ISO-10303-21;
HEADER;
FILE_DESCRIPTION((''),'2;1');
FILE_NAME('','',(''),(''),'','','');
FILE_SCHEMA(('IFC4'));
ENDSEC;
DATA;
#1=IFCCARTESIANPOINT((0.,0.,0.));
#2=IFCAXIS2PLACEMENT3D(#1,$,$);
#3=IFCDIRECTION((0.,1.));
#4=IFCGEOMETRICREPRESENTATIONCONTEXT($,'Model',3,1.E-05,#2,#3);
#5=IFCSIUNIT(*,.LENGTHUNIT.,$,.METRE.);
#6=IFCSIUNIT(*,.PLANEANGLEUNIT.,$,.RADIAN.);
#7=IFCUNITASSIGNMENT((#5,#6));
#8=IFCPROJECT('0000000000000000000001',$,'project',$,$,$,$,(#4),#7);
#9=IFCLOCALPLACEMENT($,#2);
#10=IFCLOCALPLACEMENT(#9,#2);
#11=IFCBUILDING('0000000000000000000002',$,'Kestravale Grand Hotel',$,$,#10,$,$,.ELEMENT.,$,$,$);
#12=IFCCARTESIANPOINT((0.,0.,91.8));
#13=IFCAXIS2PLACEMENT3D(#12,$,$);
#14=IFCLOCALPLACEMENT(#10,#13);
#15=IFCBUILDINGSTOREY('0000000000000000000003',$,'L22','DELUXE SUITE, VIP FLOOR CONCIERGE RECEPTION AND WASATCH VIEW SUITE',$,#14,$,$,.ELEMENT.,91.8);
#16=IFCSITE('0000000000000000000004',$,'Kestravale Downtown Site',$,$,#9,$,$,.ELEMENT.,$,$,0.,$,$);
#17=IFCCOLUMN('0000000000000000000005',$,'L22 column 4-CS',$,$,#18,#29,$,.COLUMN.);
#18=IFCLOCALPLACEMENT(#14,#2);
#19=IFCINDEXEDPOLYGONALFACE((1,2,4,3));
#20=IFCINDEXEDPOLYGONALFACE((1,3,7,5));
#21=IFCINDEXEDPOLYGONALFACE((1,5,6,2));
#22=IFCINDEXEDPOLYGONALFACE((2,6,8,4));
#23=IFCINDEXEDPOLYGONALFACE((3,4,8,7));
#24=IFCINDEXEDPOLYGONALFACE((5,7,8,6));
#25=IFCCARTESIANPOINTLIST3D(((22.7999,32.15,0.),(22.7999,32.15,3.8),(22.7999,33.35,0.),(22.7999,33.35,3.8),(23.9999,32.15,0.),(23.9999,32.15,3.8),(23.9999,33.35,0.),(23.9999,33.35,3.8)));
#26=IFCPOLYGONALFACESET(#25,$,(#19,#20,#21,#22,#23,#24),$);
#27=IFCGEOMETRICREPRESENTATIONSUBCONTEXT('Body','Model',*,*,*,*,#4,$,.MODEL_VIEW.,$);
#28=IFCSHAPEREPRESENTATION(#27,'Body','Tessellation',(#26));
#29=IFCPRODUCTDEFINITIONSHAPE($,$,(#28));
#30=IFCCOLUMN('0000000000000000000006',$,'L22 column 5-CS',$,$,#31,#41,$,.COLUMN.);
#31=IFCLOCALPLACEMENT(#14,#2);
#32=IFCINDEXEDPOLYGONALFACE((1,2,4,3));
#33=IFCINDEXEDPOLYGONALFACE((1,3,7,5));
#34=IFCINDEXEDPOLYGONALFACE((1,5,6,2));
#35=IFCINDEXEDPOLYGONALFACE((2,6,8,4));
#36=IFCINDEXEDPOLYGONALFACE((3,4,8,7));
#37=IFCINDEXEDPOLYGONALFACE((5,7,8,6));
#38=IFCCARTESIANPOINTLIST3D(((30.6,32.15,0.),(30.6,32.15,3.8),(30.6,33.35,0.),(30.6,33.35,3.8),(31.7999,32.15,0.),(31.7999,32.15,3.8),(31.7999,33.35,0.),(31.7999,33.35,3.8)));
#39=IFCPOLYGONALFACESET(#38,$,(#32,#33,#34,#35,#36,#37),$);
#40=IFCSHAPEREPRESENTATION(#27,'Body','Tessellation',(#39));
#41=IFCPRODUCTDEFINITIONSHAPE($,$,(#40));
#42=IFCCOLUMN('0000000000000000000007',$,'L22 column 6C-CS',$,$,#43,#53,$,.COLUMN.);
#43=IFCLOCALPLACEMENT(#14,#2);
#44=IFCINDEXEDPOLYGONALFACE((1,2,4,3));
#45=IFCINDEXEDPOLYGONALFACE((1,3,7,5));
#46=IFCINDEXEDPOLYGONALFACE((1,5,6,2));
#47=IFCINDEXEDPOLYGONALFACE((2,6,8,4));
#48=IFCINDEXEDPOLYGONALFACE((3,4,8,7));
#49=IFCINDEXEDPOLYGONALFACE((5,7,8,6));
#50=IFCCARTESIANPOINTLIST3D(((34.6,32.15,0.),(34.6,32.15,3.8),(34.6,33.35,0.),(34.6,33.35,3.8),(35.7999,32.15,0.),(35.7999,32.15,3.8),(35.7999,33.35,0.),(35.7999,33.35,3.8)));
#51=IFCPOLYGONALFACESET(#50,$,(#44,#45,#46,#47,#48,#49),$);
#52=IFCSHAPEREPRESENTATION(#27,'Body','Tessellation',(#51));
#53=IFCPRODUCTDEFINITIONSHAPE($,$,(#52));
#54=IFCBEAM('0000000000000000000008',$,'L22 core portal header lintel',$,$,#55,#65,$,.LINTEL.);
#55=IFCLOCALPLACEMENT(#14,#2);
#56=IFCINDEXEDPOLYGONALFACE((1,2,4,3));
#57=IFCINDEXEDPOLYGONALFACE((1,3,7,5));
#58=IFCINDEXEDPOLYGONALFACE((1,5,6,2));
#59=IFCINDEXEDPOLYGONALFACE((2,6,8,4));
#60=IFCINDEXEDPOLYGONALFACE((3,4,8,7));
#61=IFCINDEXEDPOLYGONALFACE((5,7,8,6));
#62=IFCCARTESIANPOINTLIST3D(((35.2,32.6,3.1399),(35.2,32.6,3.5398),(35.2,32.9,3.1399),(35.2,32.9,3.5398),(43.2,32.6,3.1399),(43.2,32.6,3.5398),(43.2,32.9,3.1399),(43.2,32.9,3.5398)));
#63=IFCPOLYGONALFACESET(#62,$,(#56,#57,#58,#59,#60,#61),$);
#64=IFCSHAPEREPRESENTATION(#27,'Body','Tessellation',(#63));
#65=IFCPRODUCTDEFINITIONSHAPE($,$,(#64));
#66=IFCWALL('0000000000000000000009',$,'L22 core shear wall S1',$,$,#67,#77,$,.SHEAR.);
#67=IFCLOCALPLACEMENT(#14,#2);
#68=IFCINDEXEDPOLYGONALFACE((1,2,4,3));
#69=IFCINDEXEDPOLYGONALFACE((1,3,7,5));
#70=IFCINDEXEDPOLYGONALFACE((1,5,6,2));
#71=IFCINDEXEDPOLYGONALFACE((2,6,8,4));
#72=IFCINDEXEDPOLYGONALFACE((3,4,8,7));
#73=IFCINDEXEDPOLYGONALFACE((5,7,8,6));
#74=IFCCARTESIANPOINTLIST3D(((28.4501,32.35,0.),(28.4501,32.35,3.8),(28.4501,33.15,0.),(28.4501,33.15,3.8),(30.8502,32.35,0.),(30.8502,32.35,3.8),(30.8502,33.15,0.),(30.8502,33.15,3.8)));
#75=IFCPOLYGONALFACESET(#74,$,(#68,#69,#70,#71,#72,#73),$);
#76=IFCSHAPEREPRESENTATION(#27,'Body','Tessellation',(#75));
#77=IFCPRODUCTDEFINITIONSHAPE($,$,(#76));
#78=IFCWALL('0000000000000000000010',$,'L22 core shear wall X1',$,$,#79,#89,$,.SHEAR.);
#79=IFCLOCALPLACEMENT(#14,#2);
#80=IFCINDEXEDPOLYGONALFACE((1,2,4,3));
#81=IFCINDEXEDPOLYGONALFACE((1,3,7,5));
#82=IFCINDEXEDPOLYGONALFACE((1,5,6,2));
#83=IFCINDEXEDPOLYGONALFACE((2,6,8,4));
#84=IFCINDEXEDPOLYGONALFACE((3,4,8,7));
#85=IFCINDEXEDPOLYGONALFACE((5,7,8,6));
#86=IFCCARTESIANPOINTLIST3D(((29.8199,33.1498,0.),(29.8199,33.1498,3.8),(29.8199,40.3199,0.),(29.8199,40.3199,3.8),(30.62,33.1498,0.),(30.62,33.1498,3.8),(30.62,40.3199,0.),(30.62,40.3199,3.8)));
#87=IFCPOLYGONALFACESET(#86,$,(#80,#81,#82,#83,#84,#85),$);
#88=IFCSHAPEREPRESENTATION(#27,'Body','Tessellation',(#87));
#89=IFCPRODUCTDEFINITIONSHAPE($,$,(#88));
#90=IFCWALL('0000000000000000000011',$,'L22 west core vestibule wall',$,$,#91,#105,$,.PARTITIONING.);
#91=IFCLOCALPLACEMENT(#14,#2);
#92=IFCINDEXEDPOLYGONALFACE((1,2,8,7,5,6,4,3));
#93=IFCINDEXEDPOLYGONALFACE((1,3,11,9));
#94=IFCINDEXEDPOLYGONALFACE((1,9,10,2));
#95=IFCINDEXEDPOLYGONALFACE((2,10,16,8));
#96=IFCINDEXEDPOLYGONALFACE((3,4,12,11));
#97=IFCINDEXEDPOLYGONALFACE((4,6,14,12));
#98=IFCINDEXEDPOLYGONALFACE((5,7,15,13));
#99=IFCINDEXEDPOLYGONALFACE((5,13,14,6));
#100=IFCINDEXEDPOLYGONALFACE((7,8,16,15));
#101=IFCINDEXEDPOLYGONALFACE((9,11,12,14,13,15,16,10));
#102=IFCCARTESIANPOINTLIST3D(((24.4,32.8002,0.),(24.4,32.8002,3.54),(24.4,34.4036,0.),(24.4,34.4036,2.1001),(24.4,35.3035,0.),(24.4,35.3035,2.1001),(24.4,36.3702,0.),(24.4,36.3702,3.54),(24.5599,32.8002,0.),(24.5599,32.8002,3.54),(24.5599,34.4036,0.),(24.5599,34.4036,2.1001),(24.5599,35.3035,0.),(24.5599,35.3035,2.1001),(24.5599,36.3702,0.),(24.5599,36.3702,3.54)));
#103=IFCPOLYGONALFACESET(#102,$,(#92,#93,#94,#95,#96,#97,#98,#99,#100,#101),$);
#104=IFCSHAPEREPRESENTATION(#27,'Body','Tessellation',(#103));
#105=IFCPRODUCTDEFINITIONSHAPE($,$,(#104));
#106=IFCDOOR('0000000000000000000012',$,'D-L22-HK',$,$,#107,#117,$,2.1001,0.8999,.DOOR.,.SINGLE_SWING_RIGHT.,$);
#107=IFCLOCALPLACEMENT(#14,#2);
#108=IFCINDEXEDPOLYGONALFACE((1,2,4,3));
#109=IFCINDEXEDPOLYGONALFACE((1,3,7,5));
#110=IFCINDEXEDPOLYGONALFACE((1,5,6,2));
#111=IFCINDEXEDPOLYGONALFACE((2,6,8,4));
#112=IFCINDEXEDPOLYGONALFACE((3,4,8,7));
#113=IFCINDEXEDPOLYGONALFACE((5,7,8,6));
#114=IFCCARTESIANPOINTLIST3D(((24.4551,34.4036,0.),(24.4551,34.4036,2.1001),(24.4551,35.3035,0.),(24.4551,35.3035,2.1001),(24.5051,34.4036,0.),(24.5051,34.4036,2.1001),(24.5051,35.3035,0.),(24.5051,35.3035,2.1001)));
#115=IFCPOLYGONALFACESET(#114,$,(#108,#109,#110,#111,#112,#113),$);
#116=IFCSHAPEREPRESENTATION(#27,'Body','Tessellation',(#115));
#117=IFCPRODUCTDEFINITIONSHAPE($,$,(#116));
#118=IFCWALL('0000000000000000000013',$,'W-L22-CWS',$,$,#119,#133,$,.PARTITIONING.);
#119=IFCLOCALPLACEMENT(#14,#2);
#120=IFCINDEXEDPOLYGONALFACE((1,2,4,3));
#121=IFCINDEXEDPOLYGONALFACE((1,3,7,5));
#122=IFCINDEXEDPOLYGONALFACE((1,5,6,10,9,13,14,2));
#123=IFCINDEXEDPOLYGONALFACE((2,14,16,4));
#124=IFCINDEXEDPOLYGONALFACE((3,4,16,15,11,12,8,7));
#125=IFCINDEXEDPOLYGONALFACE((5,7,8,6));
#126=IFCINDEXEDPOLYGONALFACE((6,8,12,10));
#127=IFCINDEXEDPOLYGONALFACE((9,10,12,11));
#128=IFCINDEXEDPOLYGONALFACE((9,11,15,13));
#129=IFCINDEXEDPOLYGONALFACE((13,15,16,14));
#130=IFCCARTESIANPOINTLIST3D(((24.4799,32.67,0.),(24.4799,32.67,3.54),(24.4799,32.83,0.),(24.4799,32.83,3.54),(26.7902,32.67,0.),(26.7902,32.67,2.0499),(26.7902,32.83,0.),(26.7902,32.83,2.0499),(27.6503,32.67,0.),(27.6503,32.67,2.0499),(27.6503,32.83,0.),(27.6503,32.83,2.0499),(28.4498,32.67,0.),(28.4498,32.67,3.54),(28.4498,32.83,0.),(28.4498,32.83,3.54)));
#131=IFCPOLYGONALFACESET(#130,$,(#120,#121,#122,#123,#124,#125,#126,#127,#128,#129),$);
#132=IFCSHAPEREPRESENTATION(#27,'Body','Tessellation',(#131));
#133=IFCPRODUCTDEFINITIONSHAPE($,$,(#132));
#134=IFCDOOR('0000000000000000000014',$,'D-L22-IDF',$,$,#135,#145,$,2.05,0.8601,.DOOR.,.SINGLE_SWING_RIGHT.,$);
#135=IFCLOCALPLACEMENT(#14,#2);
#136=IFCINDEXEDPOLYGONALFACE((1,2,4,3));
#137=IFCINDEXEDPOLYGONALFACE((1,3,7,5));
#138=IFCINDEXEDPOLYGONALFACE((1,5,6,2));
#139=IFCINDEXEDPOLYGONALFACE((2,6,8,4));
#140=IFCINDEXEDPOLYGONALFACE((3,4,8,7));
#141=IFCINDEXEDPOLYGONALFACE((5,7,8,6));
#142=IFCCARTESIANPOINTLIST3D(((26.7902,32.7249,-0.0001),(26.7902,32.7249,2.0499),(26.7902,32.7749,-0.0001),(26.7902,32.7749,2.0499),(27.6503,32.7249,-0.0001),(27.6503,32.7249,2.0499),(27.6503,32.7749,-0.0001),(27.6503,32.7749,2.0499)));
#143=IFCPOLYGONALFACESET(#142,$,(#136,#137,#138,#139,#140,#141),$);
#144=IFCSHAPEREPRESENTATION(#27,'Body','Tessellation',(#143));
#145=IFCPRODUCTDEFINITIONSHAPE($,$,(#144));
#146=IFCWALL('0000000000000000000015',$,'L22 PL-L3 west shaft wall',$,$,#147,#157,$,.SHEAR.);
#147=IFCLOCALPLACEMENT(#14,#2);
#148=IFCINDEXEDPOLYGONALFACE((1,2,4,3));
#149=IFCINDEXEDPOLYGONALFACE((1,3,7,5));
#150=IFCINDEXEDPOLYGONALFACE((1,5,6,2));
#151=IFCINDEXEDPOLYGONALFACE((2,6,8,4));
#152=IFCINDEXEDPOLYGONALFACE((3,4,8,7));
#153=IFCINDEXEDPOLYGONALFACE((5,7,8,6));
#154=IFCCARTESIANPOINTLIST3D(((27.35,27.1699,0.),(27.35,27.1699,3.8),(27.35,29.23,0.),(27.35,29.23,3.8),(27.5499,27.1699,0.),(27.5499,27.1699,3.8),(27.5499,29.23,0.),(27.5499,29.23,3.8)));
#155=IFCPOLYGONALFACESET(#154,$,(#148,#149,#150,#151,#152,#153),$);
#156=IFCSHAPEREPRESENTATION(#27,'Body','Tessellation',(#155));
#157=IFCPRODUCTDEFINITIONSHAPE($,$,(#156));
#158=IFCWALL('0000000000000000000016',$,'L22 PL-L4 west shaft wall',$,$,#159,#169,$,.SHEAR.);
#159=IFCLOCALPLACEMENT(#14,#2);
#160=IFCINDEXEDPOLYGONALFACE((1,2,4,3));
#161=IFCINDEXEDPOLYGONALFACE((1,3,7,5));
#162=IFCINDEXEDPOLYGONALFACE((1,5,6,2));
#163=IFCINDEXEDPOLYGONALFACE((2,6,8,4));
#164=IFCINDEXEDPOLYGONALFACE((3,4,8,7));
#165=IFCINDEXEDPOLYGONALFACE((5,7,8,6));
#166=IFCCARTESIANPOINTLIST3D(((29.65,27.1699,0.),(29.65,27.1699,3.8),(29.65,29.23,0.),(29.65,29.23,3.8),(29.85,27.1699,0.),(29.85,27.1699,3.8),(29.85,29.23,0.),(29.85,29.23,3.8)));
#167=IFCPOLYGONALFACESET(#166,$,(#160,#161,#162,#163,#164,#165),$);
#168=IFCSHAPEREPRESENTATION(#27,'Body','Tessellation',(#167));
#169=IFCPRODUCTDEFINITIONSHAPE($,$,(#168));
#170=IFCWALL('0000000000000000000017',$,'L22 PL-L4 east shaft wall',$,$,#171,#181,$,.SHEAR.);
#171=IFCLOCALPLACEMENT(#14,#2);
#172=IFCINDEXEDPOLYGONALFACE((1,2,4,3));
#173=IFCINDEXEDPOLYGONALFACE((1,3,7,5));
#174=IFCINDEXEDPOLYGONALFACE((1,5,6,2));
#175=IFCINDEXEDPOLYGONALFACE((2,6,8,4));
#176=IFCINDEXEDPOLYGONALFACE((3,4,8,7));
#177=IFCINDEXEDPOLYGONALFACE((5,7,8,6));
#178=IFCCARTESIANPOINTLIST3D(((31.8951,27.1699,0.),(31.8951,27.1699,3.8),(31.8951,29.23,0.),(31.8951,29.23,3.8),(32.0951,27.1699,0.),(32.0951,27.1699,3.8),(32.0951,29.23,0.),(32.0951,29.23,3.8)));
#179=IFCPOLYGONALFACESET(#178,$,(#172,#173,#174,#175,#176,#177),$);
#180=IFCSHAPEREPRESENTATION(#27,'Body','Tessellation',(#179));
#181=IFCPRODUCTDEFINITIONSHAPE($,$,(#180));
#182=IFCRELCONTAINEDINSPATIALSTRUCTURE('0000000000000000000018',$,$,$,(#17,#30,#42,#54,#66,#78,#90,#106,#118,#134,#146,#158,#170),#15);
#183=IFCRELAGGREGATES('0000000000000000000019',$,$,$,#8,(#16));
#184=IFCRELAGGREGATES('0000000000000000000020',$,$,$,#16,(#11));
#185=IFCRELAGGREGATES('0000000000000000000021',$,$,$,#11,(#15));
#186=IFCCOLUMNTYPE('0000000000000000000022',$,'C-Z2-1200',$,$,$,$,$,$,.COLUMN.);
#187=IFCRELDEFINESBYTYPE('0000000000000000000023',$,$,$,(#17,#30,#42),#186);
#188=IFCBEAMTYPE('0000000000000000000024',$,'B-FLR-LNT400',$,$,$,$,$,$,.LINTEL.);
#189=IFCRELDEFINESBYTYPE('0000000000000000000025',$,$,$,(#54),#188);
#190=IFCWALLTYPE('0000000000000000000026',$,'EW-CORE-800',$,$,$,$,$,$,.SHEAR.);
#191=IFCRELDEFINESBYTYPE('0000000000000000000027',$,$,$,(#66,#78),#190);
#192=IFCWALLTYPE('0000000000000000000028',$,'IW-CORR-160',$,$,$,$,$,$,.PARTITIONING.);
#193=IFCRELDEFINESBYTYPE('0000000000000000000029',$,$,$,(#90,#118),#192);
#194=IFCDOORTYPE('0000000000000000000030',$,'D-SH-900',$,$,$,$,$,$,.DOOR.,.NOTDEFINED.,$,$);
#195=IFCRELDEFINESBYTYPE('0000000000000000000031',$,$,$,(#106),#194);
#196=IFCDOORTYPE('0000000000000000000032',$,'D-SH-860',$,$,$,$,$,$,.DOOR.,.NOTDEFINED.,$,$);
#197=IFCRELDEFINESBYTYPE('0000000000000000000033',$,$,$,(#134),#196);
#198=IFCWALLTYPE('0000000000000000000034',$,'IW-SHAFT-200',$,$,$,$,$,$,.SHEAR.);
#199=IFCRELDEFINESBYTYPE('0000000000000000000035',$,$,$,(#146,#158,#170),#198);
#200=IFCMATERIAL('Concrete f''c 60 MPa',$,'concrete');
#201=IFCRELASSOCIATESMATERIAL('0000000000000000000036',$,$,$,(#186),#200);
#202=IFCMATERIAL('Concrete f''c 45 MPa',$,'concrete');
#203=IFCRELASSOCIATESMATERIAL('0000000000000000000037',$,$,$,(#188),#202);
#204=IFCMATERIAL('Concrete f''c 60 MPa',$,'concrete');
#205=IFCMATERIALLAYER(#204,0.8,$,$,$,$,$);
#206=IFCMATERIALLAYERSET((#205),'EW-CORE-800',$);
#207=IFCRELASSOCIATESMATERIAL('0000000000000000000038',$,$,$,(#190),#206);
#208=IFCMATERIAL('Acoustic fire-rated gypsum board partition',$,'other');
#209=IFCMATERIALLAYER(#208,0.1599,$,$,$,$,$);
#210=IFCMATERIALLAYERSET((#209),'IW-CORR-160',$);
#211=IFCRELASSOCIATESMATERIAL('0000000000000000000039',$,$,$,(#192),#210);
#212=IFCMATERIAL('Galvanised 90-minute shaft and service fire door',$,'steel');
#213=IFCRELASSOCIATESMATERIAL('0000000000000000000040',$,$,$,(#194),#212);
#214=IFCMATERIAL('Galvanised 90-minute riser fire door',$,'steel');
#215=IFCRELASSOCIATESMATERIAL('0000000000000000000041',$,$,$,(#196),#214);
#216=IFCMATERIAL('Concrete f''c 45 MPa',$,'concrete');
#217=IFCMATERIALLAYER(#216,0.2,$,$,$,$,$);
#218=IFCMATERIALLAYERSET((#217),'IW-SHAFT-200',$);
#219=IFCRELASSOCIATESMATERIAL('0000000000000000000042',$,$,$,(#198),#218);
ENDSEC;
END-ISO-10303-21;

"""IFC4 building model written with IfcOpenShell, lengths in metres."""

from ifc_helpers import new_model, si_unit, direction, frame, frame_2d, origin, origin_2d, place, context, subcontext, project, spatial, rectangle, extrude, material, layer, layer_set, material_profile, profile_set, type_object, element, fill, save


model = new_model("IFC4")

# Units and contexts
model_context = context("Model", 3, precision=1e-05, world=origin(), true_north=direction((0.0, 1.0)))
body_context = subcontext(model_context, "Body", "Model", "MODEL_VIEW")
ifc_project = project(units=[si_unit("LENGTHUNIT", "METRE"), si_unit("PLANEANGLEUNIT", "RADIAN")], contexts=[model_context])

# Site, building, storey
site_placement = place(None, origin())
site = spatial("IfcSite", under=ifc_project, at=site_placement, Name="Kestravale Downtown Site", CompositionType="ELEMENT", RefElevation=0.0)
building_placement = place(site_placement, origin())
building = spatial("IfcBuilding", under=site, at=building_placement, Name="Kestravale Grand Hotel", CompositionType="ELEMENT")
storey_placement = place(building_placement, frame((0.0, 0.0, 91.8)))
storey = spatial("IfcBuildingStorey", under=building, at=storey_placement, Name="L22", Description="DELUXE SUITE, VIP FLOOR CONCIERGE RECEPTION AND WASATCH VIEW SUITE", CompositionType="ELEMENT", Elevation=91.8)

# Columns
ifc_material_1 = material(Name="Concrete f'c 60 MPa", Category="concrete")
ifc_material_profile_1 = material_profile(ifc_material_1, rectangle(XDim=1.2, YDim=1.2, at=origin_2d()))
ifc_profile_set_1 = profile_set([ifc_material_profile_1], Name="Concrete f'c 60 MPa")
column_type = type_object("IfcColumnType", Name="C-Z2-1200", PredefinedType="COLUMN", material=ifc_profile_set_1)
for number, where, z_axis, x_axis, name in (
    (1, (23.3999, 32.75, 0.0), (0.0, 0.0, 1.0), (1.0, 0.0, 0.0), "L22 column 4-CS"),
    (2, (31.2, 32.75, 0.0), (0.0, 0.0, 1.0), (1.0, 0.0, 0.0), "L22 column 5-CS"),
    (3, (35.2, 32.75, 0.0), (0.0, 0.0, 1.0), (1.0, 0.0, 0.0), "L22 column 6C-CS"),
):
    element("IfcColumn", number, at=place(storey_placement, frame(where, z_axis=z_axis, x_axis=x_axis)), inside=storey, type_object=column_type, Name=name, PredefinedType="COLUMN", context=body_context, shape_type="SweptSolid", body=[
        extrude(rectangle(XDim=1.2, YDim=1.2, at=origin_2d()), origin(), (0.0, 0.0, 1.0), 3.8),
    ])

# Beam
ifc_material_2 = material(Name="Concrete f'c 45 MPa", Category="concrete")
ifc_material_profile_2 = material_profile(ifc_material_2, rectangle(XDim=0.3, YDim=0.3999, at=origin_2d()))
ifc_profile_set_2 = profile_set([ifc_material_profile_2], Name="Concrete f'c 45 MPa")
beam_type = type_object("IfcBeamType", Name="B-FLR-LNT400", PredefinedType="LINTEL", material=ifc_profile_set_2)
beam_placement = place(storey_placement, frame((35.2, 32.75, 3.3398), z_axis=(1.0, 0.0, 0.0), x_axis=(0.0, 1.0, 0.0)))
element("IfcBeam", 4, at=beam_placement, inside=storey, type_object=beam_type, Name="L22 core portal header lintel", PredefinedType="LINTEL", context=body_context, shape_type="SweptSolid", body=[
    extrude(rectangle(XDim=0.3, YDim=0.3999, at=origin_2d()), origin(), (0.0, 0.0, 1.0), 8.0),
])

# Walls
ifc_material_3 = material(Name="Concrete f'c 60 MPa", Category="concrete")
ifc_layer_1 = layer(ifc_material_3, 0.8)
ifc_layer_set_1 = layer_set([ifc_layer_1], Name="EW-CORE-800")
wall_type_1 = type_object("IfcWallType", Name="EW-CORE-800", PredefinedType="SHEAR", material=ifc_layer_set_1)
wall_1_placement = place(storey_placement, frame((28.45, 32.75, 0.0), z_axis=(0.0, 0.0, 1.0), x_axis=(1.0, 0.0, 0.0)))
element("IfcWall", 5, at=wall_1_placement, inside=storey, type_object=wall_type_1, Name="L22 core shear wall S1", PredefinedType="SHEAR", context=body_context, shape_type="SweptSolid", body=[
    extrude(rectangle(XDim=2.4001, YDim=0.8, at=frame_2d((1.2002, 0.0))), origin(), (0.0, 0.0, 1.0), 3.8),
])
wall_2_placement = place(storey_placement, frame((30.22, 33.1499, 0.0), z_axis=(0.0, 0.0, 1.0), x_axis=(0.0, 1.0, 0.0)))
element("IfcWall", 6, at=wall_2_placement, inside=storey, type_object=wall_type_1, Name="L22 core shear wall X1", PredefinedType="SHEAR", context=body_context, shape_type="SweptSolid", body=[
    extrude(rectangle(XDim=7.1702, YDim=0.8, at=frame_2d((3.585, 0.0))), origin(), (0.0, 0.0, 1.0), 3.8),
])

# Walls, openings, doors
ifc_material_4 = material(Name="Acoustic fire-rated gypsum board partition", Category="other")
ifc_layer_2 = layer(ifc_material_4, 0.1599)
ifc_layer_set_2 = layer_set([ifc_layer_2], Name="IW-CORR-160")
wall_type_2 = type_object("IfcWallType", Name="IW-CORR-160", PredefinedType="PARTITIONING", material=ifc_layer_set_2)
wall_3_placement = place(storey_placement, frame((24.48, 32.8, 0.0), z_axis=(0.0, 0.0, 1.0), x_axis=(0.0, 1.0, 0.0)))
wall_3 = element("IfcWall", 7, at=wall_3_placement, inside=storey, type_object=wall_type_2, Name="L22 west core vestibule wall", PredefinedType="PARTITIONING", context=body_context, shape_type="SweptSolid", body=[
    extrude(rectangle(XDim=3.5701, YDim=0.1599, at=frame_2d((1.7852, 0.0))), origin(), (0.0, 0.0, 1.0), 3.54),
])
opening_1_placement = place(wall_3_placement, frame((1.6035, 0.0, 0.0)))
opening_1 = element("IfcOpeningElement", 8, at=opening_1_placement, cuts=wall_3, PredefinedType="OPENING", context=body_context, shape_type="SweptSolid", body=[
    extrude(rectangle(XDim=0.8999, YDim=2.1001, at=frame_2d((0.45, 1.05))), frame((0.0, 0.0898, 0.0), z_axis=(0.0, -1.0, 0.0), x_axis=(1.0, 0.0, 0.0)), (0.0, 0.0, 1.0), 0.1799),
])
ifc_material_5 = material(Name="Galvanised 90-minute shaft and service fire door", Category="steel")
door_type_1 = type_object("IfcDoorType", Name="D-SH-900", OperationType="NOTDEFINED", PredefinedType="DOOR", material=ifc_material_5)
door_1_placement = place(opening_1_placement, origin())
door_1 = element("IfcDoor", 9, at=door_1_placement, inside=storey, type_object=door_type_1, Name="D-L22-HK", OperationType="SINGLE_SWING_RIGHT", OverallHeight=2.1001, OverallWidth=0.8999, PredefinedType="DOOR", context=body_context, shape_type="SweptSolid", body=[
    extrude(rectangle(XDim=0.8999, YDim=2.1001, at=frame_2d((0.45, 1.05))), frame((0.0, 0.0249, 0.0), z_axis=(0.0, -1.0, 0.0), x_axis=(1.0, 0.0, 0.0)), (0.0, 0.0, 1.0), 0.05),
])
fill(opening_1, door_1)
wall_4_placement = place(storey_placement, frame((24.48, 32.75, 0.0), z_axis=(0.0, 0.0, 1.0), x_axis=(1.0, 0.0, 0.0)))
wall_4 = element("IfcWall", 10, at=wall_4_placement, inside=storey, type_object=wall_type_2, Name="W-L22-CWS", PredefinedType="PARTITIONING", context=body_context, shape_type="SweptSolid", body=[
    extrude(rectangle(XDim=3.97, YDim=0.1599, at=frame_2d((1.9849, 0.0))), origin(), (0.0, 0.0, 1.0), 3.54),
])
opening_2_placement = place(wall_4_placement, frame((2.3101, 0.0, 0.0)))
opening_2 = element("IfcOpeningElement", 11, at=opening_2_placement, cuts=wall_4, PredefinedType="OPENING", context=body_context, shape_type="SweptSolid", body=[
    extrude(rectangle(XDim=0.8601, YDim=2.05, at=frame_2d((0.4302, 1.0249))), frame((0.0, 0.0898, 0.0), z_axis=(0.0, -1.0, 0.0), x_axis=(1.0, 0.0, 0.0)), (0.0, 0.0, 1.0), 0.1799),
])
ifc_material_6 = material(Name="Galvanised 90-minute riser fire door", Category="steel")
door_type_2 = type_object("IfcDoorType", Name="D-SH-860", OperationType="NOTDEFINED", PredefinedType="DOOR", material=ifc_material_6)
door_2_placement = place(opening_2_placement, origin())
door_2 = element("IfcDoor", 12, at=door_2_placement, inside=storey, type_object=door_type_2, Name="D-L22-IDF", OperationType="SINGLE_SWING_RIGHT", OverallHeight=2.05, OverallWidth=0.8601, PredefinedType="DOOR", context=body_context, shape_type="SweptSolid", body=[
    extrude(rectangle(XDim=0.8601, YDim=2.05, at=frame_2d((0.4302, 1.0249))), frame((0.0, 0.0249, 0.0), z_axis=(0.0, -1.0, 0.0), x_axis=(1.0, 0.0, 0.0)), (0.0, 0.0, 1.0), 0.05),
])
fill(opening_2, door_2)

# Walls
ifc_material_7 = material(Name="Concrete f'c 45 MPa", Category="concrete")
ifc_layer_3 = layer(ifc_material_7, 0.2)
ifc_layer_set_3 = layer_set([ifc_layer_3], Name="IW-SHAFT-200")
wall_type_3 = type_object("IfcWallType", Name="IW-SHAFT-200", PredefinedType="SHEAR", material=ifc_layer_set_3)
for number, where, z_axis, x_axis, name in (
    (13, (27.45, 27.1699, 0.0), (0.0, 0.0, 1.0), (0.0, 1.0, 0.0), "L22 PL-L3 west shaft wall"),
    (14, (29.75, 27.1699, 0.0), (0.0, 0.0, 1.0), (0.0, 1.0, 0.0), "L22 PL-L4 west shaft wall"),
    (15, (31.9951, 27.1699, 0.0), (0.0, 0.0, 1.0), (0.0, 1.0, 0.0), "L22 PL-L4 east shaft wall"),
):
    element("IfcWall", number, at=place(storey_placement, frame(where, z_axis=z_axis, x_axis=x_axis)), inside=storey, type_object=wall_type_3, Name=name, PredefinedType="SHEAR", context=body_context, shape_type="SweptSolid", body=[
        extrude(rectangle(XDim=2.0601, YDim=0.2, at=frame_2d((1.03, 0.0))), origin(), (0.0, 0.0, 1.0), 3.8),
    ])

save(model, "model.ifc")
